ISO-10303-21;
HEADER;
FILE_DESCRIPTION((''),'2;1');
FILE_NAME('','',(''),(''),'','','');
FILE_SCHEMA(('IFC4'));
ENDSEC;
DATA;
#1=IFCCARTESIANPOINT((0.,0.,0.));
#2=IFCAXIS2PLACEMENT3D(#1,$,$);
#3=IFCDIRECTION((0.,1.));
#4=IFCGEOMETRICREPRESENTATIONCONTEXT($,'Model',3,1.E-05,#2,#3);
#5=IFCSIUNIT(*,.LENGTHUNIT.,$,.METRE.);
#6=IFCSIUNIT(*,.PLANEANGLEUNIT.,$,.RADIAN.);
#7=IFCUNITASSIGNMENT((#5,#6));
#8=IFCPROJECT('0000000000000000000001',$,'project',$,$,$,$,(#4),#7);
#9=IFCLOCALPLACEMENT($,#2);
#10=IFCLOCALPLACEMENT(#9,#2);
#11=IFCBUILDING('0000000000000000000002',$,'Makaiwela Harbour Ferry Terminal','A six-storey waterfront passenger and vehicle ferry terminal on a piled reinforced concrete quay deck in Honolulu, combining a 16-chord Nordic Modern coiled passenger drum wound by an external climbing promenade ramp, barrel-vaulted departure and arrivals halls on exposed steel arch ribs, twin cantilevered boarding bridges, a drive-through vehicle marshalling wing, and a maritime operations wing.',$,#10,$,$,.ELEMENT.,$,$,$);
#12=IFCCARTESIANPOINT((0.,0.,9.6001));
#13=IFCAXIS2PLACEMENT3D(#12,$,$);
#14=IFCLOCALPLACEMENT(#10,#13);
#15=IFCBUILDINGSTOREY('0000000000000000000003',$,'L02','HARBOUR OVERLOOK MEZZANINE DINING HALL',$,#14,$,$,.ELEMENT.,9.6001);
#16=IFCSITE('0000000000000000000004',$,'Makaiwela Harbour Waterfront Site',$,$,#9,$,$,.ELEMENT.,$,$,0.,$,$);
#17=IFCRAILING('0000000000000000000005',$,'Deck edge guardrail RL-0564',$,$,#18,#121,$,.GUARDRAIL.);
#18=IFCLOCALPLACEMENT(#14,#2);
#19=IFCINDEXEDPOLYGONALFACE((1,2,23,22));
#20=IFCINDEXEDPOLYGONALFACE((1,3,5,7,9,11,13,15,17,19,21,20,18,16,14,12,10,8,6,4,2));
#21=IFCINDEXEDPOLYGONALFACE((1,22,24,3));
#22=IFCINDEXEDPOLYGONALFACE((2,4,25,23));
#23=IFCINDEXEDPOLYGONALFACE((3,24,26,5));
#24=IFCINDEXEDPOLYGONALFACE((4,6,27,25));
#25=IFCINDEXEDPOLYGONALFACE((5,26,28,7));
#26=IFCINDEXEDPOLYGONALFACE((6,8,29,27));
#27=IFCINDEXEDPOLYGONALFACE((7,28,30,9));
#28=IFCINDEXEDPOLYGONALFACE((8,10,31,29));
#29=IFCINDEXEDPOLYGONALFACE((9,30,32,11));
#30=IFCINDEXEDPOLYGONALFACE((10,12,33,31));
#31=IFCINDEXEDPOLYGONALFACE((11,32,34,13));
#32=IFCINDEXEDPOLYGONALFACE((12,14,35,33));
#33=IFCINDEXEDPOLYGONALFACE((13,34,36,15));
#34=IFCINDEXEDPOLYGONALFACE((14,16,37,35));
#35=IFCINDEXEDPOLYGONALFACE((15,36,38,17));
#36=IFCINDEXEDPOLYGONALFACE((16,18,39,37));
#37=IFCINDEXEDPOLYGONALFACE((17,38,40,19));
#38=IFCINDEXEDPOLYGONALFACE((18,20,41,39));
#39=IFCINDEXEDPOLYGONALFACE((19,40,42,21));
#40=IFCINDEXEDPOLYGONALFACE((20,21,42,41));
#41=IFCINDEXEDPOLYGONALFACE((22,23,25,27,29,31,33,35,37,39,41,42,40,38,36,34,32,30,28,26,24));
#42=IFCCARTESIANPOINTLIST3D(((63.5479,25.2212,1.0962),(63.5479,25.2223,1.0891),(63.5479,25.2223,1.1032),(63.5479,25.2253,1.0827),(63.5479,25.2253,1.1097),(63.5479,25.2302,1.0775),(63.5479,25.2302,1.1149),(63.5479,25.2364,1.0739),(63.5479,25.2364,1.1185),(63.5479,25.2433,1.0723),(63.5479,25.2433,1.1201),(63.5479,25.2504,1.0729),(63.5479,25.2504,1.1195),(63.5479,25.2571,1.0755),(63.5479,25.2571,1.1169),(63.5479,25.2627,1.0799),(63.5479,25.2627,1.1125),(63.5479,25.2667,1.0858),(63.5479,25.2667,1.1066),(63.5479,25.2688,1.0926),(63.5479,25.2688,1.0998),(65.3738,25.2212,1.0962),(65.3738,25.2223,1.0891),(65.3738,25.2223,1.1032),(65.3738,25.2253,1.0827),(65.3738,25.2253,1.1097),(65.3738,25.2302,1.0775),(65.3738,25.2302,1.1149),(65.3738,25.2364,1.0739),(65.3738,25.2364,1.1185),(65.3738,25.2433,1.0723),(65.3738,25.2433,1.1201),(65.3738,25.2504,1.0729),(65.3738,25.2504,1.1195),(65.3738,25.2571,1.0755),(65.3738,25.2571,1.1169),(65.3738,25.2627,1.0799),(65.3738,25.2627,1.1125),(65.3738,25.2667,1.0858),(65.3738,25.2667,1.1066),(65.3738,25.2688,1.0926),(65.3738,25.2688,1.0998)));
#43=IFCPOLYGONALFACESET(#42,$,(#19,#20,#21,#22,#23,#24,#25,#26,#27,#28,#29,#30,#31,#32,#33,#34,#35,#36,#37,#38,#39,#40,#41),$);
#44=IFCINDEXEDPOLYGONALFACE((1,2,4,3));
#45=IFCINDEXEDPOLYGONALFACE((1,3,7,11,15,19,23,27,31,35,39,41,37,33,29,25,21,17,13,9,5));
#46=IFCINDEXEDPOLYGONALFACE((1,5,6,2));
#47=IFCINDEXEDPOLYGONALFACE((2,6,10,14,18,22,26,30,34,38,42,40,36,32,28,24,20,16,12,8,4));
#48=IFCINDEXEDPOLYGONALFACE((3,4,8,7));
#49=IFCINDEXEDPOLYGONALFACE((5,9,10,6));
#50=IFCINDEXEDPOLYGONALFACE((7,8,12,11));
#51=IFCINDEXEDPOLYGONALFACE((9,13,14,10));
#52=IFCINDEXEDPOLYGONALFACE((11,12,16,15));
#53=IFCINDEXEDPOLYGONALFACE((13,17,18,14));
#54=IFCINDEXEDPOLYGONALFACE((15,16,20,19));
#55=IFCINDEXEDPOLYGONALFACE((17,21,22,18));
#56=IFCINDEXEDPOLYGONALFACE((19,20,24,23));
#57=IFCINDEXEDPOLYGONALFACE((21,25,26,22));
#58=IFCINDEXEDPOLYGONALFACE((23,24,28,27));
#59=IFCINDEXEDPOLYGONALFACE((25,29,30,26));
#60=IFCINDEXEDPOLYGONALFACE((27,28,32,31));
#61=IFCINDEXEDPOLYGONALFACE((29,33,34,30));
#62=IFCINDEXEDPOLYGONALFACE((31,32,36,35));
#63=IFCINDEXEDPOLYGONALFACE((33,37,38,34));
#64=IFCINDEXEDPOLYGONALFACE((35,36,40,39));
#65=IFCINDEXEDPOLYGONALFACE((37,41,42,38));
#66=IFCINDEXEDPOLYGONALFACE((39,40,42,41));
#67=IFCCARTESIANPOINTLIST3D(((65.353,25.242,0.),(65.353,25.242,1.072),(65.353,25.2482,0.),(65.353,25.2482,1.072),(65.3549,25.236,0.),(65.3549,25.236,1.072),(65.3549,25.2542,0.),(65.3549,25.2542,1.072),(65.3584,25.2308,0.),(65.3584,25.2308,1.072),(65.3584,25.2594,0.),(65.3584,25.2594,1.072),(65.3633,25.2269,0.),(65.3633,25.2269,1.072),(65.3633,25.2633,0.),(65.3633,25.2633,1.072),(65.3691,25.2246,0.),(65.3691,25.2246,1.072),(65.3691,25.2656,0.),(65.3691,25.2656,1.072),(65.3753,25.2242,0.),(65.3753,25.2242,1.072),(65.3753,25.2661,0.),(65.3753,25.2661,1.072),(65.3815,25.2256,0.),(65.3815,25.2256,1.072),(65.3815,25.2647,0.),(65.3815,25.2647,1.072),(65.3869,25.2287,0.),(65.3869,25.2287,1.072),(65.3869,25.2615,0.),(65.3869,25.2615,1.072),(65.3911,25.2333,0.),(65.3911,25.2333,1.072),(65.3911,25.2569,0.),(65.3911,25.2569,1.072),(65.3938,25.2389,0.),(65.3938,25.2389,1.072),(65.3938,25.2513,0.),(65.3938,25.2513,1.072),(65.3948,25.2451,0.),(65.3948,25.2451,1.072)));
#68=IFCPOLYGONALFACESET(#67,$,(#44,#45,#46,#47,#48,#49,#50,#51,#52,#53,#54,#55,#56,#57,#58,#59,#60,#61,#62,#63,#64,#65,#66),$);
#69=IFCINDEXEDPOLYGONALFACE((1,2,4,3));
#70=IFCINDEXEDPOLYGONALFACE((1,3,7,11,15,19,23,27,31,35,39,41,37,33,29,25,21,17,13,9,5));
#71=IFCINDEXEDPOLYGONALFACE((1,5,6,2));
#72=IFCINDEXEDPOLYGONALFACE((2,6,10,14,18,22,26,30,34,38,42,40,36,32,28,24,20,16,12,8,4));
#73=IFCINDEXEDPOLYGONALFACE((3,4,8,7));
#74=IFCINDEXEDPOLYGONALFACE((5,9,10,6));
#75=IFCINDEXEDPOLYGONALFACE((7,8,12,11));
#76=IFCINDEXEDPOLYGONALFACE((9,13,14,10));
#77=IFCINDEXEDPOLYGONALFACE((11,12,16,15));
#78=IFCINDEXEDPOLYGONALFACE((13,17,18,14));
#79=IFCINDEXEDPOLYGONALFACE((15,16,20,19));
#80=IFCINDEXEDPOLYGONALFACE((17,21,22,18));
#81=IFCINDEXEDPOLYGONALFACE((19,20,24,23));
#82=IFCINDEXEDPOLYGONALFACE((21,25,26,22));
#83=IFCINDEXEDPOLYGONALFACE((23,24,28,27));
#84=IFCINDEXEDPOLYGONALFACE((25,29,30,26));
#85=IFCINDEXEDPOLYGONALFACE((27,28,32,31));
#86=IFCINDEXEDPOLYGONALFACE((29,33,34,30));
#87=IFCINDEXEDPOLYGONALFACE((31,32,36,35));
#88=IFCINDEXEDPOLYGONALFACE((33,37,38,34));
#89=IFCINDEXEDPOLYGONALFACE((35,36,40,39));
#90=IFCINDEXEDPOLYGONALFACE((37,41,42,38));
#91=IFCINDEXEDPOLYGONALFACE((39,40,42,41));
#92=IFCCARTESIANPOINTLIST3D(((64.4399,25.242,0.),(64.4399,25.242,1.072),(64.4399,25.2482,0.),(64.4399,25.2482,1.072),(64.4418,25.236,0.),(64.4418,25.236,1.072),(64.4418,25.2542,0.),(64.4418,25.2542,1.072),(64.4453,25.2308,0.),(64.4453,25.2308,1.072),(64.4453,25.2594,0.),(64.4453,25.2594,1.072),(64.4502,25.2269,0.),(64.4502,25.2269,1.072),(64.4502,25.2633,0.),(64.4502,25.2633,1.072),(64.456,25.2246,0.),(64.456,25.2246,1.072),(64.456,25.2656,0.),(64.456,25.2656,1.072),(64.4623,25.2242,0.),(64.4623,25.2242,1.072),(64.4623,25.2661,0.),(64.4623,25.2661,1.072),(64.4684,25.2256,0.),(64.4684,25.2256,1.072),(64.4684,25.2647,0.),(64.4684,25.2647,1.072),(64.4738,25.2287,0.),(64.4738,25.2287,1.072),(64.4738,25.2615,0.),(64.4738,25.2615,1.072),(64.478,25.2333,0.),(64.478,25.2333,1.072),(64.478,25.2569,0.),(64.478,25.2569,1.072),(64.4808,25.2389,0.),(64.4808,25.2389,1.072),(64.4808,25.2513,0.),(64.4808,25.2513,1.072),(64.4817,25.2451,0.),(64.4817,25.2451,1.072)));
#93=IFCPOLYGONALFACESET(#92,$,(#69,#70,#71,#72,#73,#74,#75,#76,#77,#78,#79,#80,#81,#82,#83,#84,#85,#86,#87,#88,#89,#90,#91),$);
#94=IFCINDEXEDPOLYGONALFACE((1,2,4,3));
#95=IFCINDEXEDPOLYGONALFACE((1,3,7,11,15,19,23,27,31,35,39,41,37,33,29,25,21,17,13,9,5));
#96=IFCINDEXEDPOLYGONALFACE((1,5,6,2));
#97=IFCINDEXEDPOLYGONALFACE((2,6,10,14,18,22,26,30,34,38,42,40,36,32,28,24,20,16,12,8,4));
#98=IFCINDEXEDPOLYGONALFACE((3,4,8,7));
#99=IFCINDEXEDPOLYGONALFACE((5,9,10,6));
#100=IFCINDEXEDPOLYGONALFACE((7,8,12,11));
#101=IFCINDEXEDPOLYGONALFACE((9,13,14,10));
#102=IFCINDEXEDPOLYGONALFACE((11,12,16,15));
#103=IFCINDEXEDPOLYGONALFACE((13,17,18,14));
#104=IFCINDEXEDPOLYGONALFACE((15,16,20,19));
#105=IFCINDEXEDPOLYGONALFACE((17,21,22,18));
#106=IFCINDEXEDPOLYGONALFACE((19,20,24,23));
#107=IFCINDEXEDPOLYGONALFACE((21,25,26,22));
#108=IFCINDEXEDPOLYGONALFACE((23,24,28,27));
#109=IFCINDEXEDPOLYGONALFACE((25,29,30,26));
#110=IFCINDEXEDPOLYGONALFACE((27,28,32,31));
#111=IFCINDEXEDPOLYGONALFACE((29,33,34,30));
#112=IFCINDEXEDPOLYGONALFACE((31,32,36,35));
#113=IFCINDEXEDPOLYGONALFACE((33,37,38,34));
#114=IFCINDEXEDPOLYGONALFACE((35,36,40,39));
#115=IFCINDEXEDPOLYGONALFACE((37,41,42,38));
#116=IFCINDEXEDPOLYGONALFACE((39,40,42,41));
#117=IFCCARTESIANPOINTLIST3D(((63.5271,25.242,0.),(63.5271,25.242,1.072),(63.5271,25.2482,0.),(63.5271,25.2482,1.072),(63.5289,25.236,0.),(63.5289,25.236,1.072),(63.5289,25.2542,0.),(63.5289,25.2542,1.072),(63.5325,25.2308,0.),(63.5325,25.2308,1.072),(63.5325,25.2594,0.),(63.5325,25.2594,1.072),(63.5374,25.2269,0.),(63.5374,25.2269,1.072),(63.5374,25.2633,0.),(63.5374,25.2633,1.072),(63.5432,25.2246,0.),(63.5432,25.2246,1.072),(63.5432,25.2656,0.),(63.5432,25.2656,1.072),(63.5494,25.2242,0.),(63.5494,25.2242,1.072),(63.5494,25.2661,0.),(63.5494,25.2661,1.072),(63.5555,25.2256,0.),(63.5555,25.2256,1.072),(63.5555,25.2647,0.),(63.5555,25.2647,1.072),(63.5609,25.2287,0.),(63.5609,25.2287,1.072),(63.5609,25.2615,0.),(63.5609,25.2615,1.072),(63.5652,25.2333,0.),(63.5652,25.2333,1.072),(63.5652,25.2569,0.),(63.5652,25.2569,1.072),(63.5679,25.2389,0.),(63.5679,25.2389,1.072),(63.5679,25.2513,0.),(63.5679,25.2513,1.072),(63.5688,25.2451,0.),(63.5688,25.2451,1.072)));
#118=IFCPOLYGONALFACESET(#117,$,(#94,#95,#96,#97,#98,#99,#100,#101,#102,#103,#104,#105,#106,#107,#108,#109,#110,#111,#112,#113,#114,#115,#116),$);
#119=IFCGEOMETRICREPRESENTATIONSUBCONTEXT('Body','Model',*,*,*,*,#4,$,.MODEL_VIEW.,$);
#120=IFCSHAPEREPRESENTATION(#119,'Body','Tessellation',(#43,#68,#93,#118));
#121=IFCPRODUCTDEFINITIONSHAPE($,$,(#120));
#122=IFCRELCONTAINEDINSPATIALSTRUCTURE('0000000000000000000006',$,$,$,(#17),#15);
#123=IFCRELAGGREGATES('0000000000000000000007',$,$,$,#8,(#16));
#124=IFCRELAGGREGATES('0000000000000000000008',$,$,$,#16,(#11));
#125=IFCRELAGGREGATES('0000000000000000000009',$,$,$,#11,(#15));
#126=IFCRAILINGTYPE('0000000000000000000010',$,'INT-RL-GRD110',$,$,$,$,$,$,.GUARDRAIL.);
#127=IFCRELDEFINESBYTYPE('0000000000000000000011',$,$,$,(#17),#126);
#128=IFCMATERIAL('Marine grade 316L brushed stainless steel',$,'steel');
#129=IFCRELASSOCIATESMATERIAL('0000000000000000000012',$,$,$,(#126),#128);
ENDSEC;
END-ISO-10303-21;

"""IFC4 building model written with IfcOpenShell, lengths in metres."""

from ifc_helpers import new_model, si_unit, direction, frame, origin, origin_2d, place, context, subcontext, project, spatial, circle, extrude, material, type_object, element, save


model = new_model("IFC4")

# Units and contexts
model_context = context("Model", 3, precision=1e-05, world=origin(), true_north=direction((0.0, 1.0)))
body_context = subcontext(model_context, "Body", "Model", "MODEL_VIEW")
ifc_project = project(units=[si_unit("LENGTHUNIT", "METRE"), si_unit("PLANEANGLEUNIT", "RADIAN")], contexts=[model_context])

# Site, building, storey
site_placement = place(None, origin())
site = spatial("IfcSite", under=ifc_project, at=site_placement, Name="Makaiwela Harbour Waterfront Site", CompositionType="ELEMENT", RefElevation=0.0)
building_placement = place(site_placement, origin())
building = spatial("IfcBuilding", under=site, at=building_placement, Name="Makaiwela Harbour Ferry Terminal", Description="A six-storey waterfront passenger and vehicle ferry terminal on a piled reinforced concrete quay deck in Honolulu, combining a 16-chord Nordic Modern coiled passenger drum wound by an external climbing promenade ramp, barrel-vaulted departure and arrivals halls on exposed steel arch ribs, twin cantilevered boarding bridges, a drive-through vehicle marshalling wing, and a maritime operations wing.", CompositionType="ELEMENT")
storey_placement = place(building_placement, frame((0.0, 0.0, 9.6001)))
storey = spatial("IfcBuildingStorey", under=building, at=storey_placement, Name="L02", Description="HARBOUR OVERLOOK MEZZANINE DINING HALL", CompositionType="ELEMENT", Elevation=9.6001)

# Railing
ifc_material_1 = material(Name="Marine grade 316L brushed stainless steel", Category="steel")
railing_type = type_object("IfcRailingType", Name="INT-RL-GRD110", PredefinedType="GUARDRAIL", material=ifc_material_1)
railing_placement = place(storey_placement, frame((65.3738, 25.2451, 0.0)))
element("IfcRailing", 1, at=railing_placement, inside=storey, type_object=railing_type, Name="Deck edge guardrail RL-0564", PredefinedType="GUARDRAIL", context=body_context, shape_type="SweptSolid", body=[
    extrude(circle(Radius=0.0239, at=origin_2d()), frame((0.0, 0.0, 1.0962), z_axis=(-1.0, 0.0, 0.0), x_axis=(0.0, -1.0, 0.0)), (0.0, 0.0, 1.0), 1.8259),
    extrude(circle(Radius=0.021, at=origin_2d()), origin(), (0.0, 0.0, 1.0), 1.072),
    extrude(circle(Radius=0.021, at=origin_2d()), frame((-0.9131, 0.0, 0.0)), (0.0, 0.0, 1.0), 1.072),
    extrude(circle(Radius=0.021, at=origin_2d()), frame((-1.8259, 0.0, 0.0)), (0.0, 0.0, 1.0), 1.072),
])

save(model, "model.ifc")
